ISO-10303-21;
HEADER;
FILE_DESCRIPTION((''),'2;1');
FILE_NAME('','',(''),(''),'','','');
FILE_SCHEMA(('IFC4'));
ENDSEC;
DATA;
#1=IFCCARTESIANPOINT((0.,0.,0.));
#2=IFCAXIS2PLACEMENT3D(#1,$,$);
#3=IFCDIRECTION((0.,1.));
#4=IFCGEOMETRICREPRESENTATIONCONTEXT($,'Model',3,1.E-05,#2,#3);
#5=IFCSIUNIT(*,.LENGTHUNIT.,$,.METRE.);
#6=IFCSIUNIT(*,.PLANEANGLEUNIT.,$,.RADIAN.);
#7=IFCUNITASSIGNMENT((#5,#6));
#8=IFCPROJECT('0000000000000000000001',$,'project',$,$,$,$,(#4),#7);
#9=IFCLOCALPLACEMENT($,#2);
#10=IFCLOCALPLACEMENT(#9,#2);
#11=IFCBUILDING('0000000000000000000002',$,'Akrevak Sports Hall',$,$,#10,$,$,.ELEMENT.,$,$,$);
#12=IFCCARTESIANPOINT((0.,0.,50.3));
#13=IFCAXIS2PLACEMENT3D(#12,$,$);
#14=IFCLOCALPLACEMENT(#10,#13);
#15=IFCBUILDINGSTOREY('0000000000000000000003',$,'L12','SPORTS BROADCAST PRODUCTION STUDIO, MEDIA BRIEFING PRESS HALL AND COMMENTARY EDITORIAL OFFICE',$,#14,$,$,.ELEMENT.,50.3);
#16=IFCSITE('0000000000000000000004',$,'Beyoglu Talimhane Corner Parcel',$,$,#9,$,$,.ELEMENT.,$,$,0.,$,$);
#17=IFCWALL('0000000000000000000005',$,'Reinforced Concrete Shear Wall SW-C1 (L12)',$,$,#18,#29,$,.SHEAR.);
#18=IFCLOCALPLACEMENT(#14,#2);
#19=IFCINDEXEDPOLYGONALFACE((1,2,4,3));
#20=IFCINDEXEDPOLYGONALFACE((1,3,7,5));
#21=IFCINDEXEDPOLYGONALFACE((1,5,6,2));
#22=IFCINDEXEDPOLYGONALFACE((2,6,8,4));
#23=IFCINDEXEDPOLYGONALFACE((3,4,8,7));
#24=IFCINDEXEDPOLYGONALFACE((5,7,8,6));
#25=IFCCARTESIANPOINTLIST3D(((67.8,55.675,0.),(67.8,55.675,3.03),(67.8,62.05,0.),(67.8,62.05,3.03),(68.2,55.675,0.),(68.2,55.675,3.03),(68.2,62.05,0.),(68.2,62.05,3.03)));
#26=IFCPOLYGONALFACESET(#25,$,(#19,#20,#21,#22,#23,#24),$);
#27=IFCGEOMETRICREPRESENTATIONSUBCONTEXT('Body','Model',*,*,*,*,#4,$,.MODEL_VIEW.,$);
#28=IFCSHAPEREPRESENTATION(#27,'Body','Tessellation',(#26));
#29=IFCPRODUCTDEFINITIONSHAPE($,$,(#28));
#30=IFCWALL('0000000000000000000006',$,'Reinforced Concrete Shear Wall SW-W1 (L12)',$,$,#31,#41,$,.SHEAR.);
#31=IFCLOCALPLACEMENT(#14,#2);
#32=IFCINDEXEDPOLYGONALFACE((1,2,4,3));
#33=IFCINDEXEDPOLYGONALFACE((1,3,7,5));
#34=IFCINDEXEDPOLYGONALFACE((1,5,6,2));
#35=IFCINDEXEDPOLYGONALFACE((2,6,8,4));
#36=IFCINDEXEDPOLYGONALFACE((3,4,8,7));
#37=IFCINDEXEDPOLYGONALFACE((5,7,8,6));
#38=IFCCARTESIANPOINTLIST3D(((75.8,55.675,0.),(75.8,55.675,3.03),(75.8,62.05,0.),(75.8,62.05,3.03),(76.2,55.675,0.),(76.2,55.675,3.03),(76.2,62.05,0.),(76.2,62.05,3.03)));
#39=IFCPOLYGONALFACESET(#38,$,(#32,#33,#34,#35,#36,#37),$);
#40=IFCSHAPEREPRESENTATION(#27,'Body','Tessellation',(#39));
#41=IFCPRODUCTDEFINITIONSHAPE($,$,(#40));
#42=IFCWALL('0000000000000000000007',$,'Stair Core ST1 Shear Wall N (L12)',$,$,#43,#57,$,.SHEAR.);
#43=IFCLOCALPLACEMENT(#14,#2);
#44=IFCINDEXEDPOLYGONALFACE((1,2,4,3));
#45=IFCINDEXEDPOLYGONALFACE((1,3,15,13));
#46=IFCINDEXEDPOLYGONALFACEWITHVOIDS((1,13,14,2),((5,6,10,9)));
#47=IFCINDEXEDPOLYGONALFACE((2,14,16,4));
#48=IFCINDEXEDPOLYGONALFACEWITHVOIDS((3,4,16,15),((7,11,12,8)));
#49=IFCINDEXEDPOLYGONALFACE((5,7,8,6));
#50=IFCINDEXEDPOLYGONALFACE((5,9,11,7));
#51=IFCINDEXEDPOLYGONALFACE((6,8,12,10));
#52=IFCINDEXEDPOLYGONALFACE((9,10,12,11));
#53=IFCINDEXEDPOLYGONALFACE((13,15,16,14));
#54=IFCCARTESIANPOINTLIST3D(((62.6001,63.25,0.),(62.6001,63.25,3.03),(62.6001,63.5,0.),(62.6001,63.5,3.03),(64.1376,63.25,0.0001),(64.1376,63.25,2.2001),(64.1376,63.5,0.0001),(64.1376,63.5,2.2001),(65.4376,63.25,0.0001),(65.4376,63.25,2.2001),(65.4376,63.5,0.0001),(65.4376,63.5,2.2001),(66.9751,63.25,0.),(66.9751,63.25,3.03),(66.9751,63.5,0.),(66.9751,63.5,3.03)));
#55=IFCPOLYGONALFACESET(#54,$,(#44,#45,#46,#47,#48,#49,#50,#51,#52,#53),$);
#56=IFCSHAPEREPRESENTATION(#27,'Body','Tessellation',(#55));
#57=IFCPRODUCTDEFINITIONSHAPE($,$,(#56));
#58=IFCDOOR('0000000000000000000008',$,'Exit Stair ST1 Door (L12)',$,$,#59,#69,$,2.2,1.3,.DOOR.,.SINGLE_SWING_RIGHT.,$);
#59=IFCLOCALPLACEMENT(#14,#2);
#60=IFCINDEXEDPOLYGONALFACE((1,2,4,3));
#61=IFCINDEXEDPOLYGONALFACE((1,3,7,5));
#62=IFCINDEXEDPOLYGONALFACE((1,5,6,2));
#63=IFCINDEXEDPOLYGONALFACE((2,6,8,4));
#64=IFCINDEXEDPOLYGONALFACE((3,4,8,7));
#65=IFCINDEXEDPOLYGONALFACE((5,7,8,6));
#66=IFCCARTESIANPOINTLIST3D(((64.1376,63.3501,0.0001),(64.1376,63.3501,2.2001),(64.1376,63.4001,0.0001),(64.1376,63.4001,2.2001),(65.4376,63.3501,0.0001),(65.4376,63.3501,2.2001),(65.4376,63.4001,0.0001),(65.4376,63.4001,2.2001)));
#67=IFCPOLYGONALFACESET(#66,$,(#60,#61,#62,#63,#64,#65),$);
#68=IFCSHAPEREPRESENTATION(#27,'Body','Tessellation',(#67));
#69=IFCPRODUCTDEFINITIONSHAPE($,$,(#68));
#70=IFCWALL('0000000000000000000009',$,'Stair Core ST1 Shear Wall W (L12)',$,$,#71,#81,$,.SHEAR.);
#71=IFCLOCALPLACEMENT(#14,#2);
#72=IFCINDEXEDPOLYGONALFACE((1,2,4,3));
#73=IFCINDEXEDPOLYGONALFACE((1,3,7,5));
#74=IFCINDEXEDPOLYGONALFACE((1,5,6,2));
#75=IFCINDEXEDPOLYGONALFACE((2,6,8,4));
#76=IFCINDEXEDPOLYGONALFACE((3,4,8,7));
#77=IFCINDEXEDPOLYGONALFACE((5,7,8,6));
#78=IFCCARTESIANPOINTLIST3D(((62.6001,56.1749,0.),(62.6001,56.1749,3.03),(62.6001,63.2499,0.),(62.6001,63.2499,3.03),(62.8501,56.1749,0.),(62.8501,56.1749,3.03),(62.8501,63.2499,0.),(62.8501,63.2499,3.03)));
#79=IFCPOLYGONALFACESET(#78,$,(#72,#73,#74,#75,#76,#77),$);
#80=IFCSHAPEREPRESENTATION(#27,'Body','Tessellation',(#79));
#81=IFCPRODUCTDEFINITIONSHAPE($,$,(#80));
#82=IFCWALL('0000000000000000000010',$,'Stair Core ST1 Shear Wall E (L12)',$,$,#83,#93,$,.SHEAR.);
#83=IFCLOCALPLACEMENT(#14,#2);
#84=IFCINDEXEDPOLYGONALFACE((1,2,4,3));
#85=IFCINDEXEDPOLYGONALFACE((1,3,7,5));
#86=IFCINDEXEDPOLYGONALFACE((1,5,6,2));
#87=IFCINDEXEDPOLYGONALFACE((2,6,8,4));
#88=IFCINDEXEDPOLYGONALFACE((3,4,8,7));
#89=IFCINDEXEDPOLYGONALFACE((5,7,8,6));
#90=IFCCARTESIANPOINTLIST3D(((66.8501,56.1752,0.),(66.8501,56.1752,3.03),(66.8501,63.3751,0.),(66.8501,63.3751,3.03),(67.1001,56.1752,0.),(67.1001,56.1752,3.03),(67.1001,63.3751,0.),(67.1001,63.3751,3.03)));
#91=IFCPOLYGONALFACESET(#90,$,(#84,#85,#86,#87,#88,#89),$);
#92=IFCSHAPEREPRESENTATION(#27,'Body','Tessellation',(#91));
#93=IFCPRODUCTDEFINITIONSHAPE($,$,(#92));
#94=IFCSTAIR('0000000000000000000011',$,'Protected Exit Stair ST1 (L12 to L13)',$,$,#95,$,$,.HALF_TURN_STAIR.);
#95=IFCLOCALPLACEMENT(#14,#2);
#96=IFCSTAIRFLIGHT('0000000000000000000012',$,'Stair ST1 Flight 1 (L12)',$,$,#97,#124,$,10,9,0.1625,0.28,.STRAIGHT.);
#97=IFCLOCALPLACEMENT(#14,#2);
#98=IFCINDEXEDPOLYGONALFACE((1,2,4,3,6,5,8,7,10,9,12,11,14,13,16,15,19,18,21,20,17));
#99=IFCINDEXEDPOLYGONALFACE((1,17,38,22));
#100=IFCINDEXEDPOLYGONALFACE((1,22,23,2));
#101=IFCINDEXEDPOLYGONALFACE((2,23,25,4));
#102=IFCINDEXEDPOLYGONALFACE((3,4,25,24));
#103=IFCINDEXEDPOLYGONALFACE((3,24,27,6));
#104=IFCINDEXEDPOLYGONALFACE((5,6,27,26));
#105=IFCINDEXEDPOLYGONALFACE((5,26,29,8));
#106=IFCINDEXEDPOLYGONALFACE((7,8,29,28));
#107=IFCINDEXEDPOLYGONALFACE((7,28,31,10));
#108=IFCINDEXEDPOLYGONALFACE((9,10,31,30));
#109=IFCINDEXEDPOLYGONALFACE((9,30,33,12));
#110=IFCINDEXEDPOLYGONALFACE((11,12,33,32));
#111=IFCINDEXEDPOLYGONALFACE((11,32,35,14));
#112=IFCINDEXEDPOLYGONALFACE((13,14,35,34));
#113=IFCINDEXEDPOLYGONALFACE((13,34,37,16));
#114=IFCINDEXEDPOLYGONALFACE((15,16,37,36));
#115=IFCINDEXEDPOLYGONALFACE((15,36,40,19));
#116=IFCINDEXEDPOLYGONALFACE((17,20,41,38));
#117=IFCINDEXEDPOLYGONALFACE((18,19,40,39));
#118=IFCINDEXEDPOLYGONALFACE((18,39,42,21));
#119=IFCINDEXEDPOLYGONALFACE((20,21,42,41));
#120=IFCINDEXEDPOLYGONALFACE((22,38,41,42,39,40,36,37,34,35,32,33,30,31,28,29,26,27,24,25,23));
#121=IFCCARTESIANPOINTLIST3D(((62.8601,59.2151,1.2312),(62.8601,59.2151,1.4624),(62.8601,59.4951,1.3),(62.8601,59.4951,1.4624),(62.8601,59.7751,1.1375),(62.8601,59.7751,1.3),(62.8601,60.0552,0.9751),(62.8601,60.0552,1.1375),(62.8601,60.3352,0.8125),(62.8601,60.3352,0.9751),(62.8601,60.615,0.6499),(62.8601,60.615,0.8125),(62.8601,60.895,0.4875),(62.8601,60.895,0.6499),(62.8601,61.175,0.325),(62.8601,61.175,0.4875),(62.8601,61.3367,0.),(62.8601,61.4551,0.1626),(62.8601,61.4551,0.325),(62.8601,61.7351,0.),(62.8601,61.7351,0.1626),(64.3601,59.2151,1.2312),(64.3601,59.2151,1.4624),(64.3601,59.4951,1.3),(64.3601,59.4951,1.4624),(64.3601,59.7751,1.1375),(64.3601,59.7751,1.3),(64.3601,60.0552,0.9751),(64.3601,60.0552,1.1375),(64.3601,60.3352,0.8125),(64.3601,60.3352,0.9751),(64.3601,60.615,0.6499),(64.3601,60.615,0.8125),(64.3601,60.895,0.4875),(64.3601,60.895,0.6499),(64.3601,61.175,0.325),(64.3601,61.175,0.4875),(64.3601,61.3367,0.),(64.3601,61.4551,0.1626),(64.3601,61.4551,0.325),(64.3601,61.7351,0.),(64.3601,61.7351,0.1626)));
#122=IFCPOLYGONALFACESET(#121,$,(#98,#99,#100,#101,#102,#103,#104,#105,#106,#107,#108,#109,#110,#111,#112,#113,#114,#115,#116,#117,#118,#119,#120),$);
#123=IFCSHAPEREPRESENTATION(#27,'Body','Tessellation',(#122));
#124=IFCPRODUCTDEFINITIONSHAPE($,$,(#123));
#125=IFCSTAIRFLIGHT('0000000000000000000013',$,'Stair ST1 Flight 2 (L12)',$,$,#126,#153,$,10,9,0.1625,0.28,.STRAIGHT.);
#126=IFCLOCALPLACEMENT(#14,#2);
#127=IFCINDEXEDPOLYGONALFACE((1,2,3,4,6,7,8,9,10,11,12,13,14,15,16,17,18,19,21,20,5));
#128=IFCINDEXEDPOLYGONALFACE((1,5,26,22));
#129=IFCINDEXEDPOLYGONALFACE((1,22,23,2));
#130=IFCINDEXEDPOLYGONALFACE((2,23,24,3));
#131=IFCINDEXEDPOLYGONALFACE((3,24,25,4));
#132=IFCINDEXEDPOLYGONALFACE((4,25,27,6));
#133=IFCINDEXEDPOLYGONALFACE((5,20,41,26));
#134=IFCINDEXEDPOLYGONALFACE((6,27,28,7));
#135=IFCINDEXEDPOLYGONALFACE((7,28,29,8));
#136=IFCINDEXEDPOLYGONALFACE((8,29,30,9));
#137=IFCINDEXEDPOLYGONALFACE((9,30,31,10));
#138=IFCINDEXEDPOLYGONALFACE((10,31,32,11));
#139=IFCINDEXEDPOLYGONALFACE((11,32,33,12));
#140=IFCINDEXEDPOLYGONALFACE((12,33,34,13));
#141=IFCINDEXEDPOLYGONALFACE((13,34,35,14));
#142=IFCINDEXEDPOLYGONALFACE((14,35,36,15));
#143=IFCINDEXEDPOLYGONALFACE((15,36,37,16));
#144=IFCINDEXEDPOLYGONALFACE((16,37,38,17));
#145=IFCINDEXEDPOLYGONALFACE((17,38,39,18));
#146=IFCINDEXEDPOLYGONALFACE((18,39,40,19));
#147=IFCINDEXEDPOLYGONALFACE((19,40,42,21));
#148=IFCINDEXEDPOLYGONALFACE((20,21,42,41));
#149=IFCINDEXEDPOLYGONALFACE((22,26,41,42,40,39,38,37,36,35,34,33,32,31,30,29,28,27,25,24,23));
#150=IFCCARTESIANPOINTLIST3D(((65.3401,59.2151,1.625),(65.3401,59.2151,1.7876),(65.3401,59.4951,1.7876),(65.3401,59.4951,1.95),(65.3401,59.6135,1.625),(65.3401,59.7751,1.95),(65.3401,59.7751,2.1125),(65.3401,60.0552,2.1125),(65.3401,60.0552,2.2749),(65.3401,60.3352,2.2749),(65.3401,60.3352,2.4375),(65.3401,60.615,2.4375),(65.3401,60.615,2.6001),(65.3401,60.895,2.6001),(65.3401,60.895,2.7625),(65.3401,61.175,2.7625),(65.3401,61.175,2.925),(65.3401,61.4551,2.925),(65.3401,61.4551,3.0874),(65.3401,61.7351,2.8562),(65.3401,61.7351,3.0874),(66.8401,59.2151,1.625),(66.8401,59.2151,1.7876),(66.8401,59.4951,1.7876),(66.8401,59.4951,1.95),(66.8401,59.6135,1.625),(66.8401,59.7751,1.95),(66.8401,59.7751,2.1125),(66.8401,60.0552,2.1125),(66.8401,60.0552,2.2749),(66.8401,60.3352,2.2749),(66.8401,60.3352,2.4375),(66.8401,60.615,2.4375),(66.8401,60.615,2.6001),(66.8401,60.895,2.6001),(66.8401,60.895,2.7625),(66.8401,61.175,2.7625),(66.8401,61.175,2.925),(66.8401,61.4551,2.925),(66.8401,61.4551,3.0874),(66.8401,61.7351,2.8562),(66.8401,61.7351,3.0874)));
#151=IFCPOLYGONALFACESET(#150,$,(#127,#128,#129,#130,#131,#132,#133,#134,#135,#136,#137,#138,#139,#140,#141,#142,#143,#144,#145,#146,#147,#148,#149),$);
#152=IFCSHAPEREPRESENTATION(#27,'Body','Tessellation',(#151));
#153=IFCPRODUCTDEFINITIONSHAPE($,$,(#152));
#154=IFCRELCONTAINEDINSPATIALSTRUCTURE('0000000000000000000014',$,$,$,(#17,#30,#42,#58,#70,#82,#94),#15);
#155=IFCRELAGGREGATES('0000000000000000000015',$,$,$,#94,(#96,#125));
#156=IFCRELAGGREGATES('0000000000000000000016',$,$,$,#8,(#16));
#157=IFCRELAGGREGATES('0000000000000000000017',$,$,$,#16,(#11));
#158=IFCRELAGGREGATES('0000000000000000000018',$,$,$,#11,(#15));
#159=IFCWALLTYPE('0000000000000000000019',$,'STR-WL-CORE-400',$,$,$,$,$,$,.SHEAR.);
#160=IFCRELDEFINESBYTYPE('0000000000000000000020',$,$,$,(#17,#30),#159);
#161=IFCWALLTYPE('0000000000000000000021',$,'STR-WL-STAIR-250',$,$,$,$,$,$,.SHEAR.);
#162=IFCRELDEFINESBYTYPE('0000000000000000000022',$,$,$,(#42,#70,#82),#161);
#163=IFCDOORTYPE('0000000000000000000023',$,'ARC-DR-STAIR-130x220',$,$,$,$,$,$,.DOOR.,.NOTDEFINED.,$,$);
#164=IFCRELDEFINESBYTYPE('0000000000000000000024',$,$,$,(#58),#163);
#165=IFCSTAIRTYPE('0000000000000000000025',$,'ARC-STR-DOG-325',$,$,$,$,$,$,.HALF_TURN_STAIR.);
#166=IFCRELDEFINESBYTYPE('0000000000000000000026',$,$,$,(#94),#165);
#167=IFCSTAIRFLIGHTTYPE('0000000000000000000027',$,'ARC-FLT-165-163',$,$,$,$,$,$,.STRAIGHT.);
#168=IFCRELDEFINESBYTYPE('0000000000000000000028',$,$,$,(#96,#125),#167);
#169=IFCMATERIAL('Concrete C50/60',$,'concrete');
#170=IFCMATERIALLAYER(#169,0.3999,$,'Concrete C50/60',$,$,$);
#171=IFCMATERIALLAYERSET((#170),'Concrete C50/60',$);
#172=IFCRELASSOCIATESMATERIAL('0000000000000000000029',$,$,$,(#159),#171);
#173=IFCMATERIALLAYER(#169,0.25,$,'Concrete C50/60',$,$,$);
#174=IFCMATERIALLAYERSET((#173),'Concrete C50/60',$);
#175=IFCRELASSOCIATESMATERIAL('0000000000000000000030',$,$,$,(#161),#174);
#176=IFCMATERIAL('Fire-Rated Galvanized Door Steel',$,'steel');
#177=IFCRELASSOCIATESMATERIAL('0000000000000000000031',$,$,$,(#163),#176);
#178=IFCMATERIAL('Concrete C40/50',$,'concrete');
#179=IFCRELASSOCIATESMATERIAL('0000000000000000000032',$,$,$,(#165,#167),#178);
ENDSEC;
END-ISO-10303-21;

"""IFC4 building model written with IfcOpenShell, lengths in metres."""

from ifc_helpers import new_model, si_unit, direction, frame, frame_2d, origin, place, context, subcontext, project, spatial, polyline, rectangle, outline, extrude, material, layer, layer_set, type_object, element, fill, aggregate, save


model = new_model("IFC4")

# Units and contexts
model_context = context("Model", 3, precision=1e-05, world=origin(), true_north=direction((0.0, 1.0)))
body_context = subcontext(model_context, "Body", "Model", "MODEL_VIEW")
ifc_project = project(units=[si_unit("LENGTHUNIT", "METRE"), si_unit("PLANEANGLEUNIT", "RADIAN")], contexts=[model_context])

# Site, building, storey
site_placement = place(None, origin())
site = spatial("IfcSite", under=ifc_project, at=site_placement, Name="Beyoglu Talimhane Corner Parcel", CompositionType="ELEMENT", RefElevation=0.0)
building_placement = place(site_placement, origin())
building = spatial("IfcBuilding", under=site, at=building_placement, Name="Akrevak Sports Hall", CompositionType="ELEMENT")
storey_placement = place(building_placement, frame((0.0, 0.0, 50.3)))
storey = spatial("IfcBuildingStorey", under=building, at=storey_placement, Name="L12", Description="SPORTS BROADCAST PRODUCTION STUDIO, MEDIA BRIEFING PRESS HALL AND COMMENTARY EDITORIAL OFFICE", CompositionType="ELEMENT", Elevation=50.3)

# Shared definitions
ifc_material_1 = material(Name="Concrete C40/50", Category="concrete")

# Shared definitions
ifc_material_2 = material(Name="Concrete C50/60", Category="concrete")

# Walls
ifc_layer_1 = layer(ifc_material_2, 0.3999, Name="Concrete C50/60")
ifc_layer_set_1 = layer_set([ifc_layer_1], Name="Concrete C50/60")
wall_type_1 = type_object("IfcWallType", Name="STR-WL-CORE-400", PredefinedType="SHEAR", material=ifc_layer_set_1)
for number, where, z_axis, x_axis, name in (
    (1, (68.0, 55.675, 0.0), (0.0, 0.0, 1.0), (0.0, 1.0, 0.0), "Reinforced Concrete Shear Wall SW-C1 (L12)"),
    (2, (76.0, 55.675, 0.0), (0.0, 0.0, 1.0), (0.0, 1.0, 0.0), "Reinforced Concrete Shear Wall SW-W1 (L12)"),
):
    element("IfcWall", number, at=place(storey_placement, frame(where, z_axis=z_axis, x_axis=x_axis)), inside=storey, type_object=wall_type_1, Name=name, PredefinedType="SHEAR", context=body_context, shape_type="SweptSolid", body=[
        extrude(rectangle(XDim=6.375, YDim=0.3999, at=frame_2d((3.1875, 0.0))), origin(), (0.0, 0.0, 1.0), 3.03),
    ])

# Wall, opening, door
ifc_layer_2 = layer(ifc_material_2, 0.25, Name="Concrete C50/60")
ifc_layer_set_2 = layer_set([ifc_layer_2], Name="Concrete C50/60")
wall_type_2 = type_object("IfcWallType", Name="STR-WL-STAIR-250", PredefinedType="SHEAR", material=ifc_layer_set_2)
wall_1_placement = place(storey_placement, frame((66.9751, 63.375, 0.0), z_axis=(0.0, 0.0, 1.0), x_axis=(-1.0, 0.0, 0.0)))
wall_1 = element("IfcWall", 3, at=wall_1_placement, inside=storey, type_object=wall_type_2, Name="Stair Core ST1 Shear Wall N (L12)", PredefinedType="SHEAR", context=body_context, shape_type="SweptSolid", body=[
    extrude(rectangle(XDim=4.375, YDim=0.25, at=frame_2d((2.1875, 0.0))), origin(), (0.0, 0.0, 1.0), 3.03),
])
opening_1_placement = place(wall_1_placement, frame((1.5376, 0.0, 0.0)))
opening_1 = element("IfcOpeningElement", 4, at=opening_1_placement, cuts=wall_1, PredefinedType="OPENING", context=body_context, shape_type="SweptSolid", body=[
    extrude(rectangle(XDim=1.3, YDim=2.2, at=frame_2d((0.6499, 1.1001))), frame((0.0, 0.137, 0.0), z_axis=(0.0, -1.0, 0.0), x_axis=(1.0, 0.0, 0.0)), (0.0, 0.0, 1.0), 0.2739),
])
ifc_material_3 = material(Name="Fire-Rated Galvanized Door Steel", Category="steel")
door_type_1 = type_object("IfcDoorType", Name="ARC-DR-STAIR-130x220", OperationType="NOTDEFINED", PredefinedType="DOOR", material=ifc_material_3)
door_1_placement = place(opening_1_placement, origin())
door_1 = element("IfcDoor", 5, at=door_1_placement, inside=storey, type_object=door_type_1, Name="Exit Stair ST1 Door (L12)", OperationType="SINGLE_SWING_RIGHT", OverallHeight=2.2, OverallWidth=1.3, PredefinedType="DOOR", context=body_context, shape_type="SweptSolid", body=[
    extrude(rectangle(XDim=1.3, YDim=2.2, at=frame_2d((0.6499, 1.1001))), frame((0.0, 0.0249, 0.0), z_axis=(0.0, -1.0, 0.0), x_axis=(1.0, 0.0, 0.0)), (0.0, 0.0, 1.0), 0.05),
])
fill(opening_1, door_1)

# Walls
wall_2_placement = place(storey_placement, frame((62.7251, 63.25, 0.0), z_axis=(0.0, 0.0, 1.0), x_axis=(0.0, -1.0, 0.0)))
element("IfcWall", 6, at=wall_2_placement, inside=storey, type_object=wall_type_2, Name="Stair Core ST1 Shear Wall W (L12)", PredefinedType="SHEAR", context=body_context, shape_type="SweptSolid", body=[
    extrude(rectangle(XDim=7.075, YDim=0.25, at=frame_2d((3.5376, 0.0))), origin(), (0.0, 0.0, 1.0), 3.03),
])
wall_3_placement = place(storey_placement, frame((66.9751, 56.175, 0.0), z_axis=(0.0, 0.0, 1.0), x_axis=(0.0, 1.0, 0.0)))
element("IfcWall", 7, at=wall_3_placement, inside=storey, type_object=wall_type_2, Name="Stair Core ST1 Shear Wall E (L12)", PredefinedType="SHEAR", context=body_context, shape_type="SweptSolid", body=[
    extrude(rectangle(XDim=7.2, YDim=0.25, at=frame_2d((3.6001, 0.0))), origin(), (0.0, 0.0, 1.0), 3.03),
])

# Stair, stair flights
stair_type = type_object("IfcStairType", Name="ARC-STR-DOG-325", PredefinedType="HALF_TURN_STAIR", material=ifc_material_1)
stair_placement = place(storey_placement, origin())
stair = element("IfcStair", 8, at=stair_placement, inside=storey, type_object=stair_type, Name="Protected Exit Stair ST1 (L12 to L13)", PredefinedType="HALF_TURN_STAIR")
stair_flight_type = type_object("IfcStairFlightType", Name="ARC-FLT-165-163", PredefinedType="STRAIGHT", material=ifc_material_1)
stair_flight_1_placement = place(storey_placement, frame((63.6101, 61.7351, 0.0), z_axis=(0.0, 0.0, 1.0), x_axis=(0.0, -1.0, 0.0)))
stair_flight_1 = element("IfcStairFlight", 9, at=stair_flight_1_placement, type_object=stair_flight_type, Name="Stair ST1 Flight 1 (L12)", NumberOfRisers=10, NumberOfTreads=9, PredefinedType="STRAIGHT", RiserHeight=0.1625, TreadLength=0.28, context=body_context, shape_type="SweptSolid", body=[
    extrude(outline(polyline([(0.0, 0.0), (0.0, 0.1626), (0.28, 0.1626), (0.28, 0.325), (0.5601, 0.325), (0.5601, 0.4875), (0.8401, 0.4875), (0.8401, 0.6499), (1.1201, 0.6499), (1.1201, 0.8125), (1.3999, 0.8125), (1.3999, 0.9751), (1.6799, 0.9751), (1.6799, 1.1375), (1.96, 1.1375), (1.96, 1.3), (2.24, 1.3), (2.24, 1.4624), (2.52, 1.4624), (2.52, 1.625), (2.52, 1.2312), (0.3984, 0.0), (0.0, 0.0)])), frame((0.0, 0.75, 0.0), z_axis=(0.0, -1.0, 0.0), x_axis=(1.0, 0.0, 0.0)), (0.0, 0.0, 1.0), 1.5),
])
stair_flight_2_placement = place(storey_placement, frame((66.0901, 59.2151, 1.625), z_axis=(0.0, 0.0, 1.0), x_axis=(0.0, 1.0, 0.0)))
stair_flight_2 = element("IfcStairFlight", 10, at=stair_flight_2_placement, type_object=stair_flight_type, Name="Stair ST1 Flight 2 (L12)", NumberOfRisers=10, NumberOfTreads=9, PredefinedType="STRAIGHT", RiserHeight=0.1625, TreadLength=0.28, context=body_context, shape_type="SweptSolid", body=[
    extrude(outline(polyline([(0.0, 0.0), (0.0, 0.1626), (0.28, 0.1626), (0.28, 0.325), (0.5601, 0.325), (0.5601, 0.4875), (0.8401, 0.4875), (0.8401, 0.6499), (1.1201, 0.6499), (1.1201, 0.8125), (1.3999, 0.8125), (1.3999, 0.9751), (1.6799, 0.9751), (1.6799, 1.1375), (1.96, 1.1375), (1.96, 1.3), (2.24, 1.3), (2.24, 1.4624), (2.52, 1.4624), (2.52, 1.625), (2.52, 1.2312), (0.3984, 0.0), (0.0, 0.0)])), frame((0.0, 0.75, 0.0), z_axis=(0.0, -1.0, 0.0), x_axis=(1.0, 0.0, 0.0)), (0.0, 0.0, 1.0), 1.5),
])
aggregate(stair, [stair_flight_1, stair_flight_2])

save(model, "model.ifc")
